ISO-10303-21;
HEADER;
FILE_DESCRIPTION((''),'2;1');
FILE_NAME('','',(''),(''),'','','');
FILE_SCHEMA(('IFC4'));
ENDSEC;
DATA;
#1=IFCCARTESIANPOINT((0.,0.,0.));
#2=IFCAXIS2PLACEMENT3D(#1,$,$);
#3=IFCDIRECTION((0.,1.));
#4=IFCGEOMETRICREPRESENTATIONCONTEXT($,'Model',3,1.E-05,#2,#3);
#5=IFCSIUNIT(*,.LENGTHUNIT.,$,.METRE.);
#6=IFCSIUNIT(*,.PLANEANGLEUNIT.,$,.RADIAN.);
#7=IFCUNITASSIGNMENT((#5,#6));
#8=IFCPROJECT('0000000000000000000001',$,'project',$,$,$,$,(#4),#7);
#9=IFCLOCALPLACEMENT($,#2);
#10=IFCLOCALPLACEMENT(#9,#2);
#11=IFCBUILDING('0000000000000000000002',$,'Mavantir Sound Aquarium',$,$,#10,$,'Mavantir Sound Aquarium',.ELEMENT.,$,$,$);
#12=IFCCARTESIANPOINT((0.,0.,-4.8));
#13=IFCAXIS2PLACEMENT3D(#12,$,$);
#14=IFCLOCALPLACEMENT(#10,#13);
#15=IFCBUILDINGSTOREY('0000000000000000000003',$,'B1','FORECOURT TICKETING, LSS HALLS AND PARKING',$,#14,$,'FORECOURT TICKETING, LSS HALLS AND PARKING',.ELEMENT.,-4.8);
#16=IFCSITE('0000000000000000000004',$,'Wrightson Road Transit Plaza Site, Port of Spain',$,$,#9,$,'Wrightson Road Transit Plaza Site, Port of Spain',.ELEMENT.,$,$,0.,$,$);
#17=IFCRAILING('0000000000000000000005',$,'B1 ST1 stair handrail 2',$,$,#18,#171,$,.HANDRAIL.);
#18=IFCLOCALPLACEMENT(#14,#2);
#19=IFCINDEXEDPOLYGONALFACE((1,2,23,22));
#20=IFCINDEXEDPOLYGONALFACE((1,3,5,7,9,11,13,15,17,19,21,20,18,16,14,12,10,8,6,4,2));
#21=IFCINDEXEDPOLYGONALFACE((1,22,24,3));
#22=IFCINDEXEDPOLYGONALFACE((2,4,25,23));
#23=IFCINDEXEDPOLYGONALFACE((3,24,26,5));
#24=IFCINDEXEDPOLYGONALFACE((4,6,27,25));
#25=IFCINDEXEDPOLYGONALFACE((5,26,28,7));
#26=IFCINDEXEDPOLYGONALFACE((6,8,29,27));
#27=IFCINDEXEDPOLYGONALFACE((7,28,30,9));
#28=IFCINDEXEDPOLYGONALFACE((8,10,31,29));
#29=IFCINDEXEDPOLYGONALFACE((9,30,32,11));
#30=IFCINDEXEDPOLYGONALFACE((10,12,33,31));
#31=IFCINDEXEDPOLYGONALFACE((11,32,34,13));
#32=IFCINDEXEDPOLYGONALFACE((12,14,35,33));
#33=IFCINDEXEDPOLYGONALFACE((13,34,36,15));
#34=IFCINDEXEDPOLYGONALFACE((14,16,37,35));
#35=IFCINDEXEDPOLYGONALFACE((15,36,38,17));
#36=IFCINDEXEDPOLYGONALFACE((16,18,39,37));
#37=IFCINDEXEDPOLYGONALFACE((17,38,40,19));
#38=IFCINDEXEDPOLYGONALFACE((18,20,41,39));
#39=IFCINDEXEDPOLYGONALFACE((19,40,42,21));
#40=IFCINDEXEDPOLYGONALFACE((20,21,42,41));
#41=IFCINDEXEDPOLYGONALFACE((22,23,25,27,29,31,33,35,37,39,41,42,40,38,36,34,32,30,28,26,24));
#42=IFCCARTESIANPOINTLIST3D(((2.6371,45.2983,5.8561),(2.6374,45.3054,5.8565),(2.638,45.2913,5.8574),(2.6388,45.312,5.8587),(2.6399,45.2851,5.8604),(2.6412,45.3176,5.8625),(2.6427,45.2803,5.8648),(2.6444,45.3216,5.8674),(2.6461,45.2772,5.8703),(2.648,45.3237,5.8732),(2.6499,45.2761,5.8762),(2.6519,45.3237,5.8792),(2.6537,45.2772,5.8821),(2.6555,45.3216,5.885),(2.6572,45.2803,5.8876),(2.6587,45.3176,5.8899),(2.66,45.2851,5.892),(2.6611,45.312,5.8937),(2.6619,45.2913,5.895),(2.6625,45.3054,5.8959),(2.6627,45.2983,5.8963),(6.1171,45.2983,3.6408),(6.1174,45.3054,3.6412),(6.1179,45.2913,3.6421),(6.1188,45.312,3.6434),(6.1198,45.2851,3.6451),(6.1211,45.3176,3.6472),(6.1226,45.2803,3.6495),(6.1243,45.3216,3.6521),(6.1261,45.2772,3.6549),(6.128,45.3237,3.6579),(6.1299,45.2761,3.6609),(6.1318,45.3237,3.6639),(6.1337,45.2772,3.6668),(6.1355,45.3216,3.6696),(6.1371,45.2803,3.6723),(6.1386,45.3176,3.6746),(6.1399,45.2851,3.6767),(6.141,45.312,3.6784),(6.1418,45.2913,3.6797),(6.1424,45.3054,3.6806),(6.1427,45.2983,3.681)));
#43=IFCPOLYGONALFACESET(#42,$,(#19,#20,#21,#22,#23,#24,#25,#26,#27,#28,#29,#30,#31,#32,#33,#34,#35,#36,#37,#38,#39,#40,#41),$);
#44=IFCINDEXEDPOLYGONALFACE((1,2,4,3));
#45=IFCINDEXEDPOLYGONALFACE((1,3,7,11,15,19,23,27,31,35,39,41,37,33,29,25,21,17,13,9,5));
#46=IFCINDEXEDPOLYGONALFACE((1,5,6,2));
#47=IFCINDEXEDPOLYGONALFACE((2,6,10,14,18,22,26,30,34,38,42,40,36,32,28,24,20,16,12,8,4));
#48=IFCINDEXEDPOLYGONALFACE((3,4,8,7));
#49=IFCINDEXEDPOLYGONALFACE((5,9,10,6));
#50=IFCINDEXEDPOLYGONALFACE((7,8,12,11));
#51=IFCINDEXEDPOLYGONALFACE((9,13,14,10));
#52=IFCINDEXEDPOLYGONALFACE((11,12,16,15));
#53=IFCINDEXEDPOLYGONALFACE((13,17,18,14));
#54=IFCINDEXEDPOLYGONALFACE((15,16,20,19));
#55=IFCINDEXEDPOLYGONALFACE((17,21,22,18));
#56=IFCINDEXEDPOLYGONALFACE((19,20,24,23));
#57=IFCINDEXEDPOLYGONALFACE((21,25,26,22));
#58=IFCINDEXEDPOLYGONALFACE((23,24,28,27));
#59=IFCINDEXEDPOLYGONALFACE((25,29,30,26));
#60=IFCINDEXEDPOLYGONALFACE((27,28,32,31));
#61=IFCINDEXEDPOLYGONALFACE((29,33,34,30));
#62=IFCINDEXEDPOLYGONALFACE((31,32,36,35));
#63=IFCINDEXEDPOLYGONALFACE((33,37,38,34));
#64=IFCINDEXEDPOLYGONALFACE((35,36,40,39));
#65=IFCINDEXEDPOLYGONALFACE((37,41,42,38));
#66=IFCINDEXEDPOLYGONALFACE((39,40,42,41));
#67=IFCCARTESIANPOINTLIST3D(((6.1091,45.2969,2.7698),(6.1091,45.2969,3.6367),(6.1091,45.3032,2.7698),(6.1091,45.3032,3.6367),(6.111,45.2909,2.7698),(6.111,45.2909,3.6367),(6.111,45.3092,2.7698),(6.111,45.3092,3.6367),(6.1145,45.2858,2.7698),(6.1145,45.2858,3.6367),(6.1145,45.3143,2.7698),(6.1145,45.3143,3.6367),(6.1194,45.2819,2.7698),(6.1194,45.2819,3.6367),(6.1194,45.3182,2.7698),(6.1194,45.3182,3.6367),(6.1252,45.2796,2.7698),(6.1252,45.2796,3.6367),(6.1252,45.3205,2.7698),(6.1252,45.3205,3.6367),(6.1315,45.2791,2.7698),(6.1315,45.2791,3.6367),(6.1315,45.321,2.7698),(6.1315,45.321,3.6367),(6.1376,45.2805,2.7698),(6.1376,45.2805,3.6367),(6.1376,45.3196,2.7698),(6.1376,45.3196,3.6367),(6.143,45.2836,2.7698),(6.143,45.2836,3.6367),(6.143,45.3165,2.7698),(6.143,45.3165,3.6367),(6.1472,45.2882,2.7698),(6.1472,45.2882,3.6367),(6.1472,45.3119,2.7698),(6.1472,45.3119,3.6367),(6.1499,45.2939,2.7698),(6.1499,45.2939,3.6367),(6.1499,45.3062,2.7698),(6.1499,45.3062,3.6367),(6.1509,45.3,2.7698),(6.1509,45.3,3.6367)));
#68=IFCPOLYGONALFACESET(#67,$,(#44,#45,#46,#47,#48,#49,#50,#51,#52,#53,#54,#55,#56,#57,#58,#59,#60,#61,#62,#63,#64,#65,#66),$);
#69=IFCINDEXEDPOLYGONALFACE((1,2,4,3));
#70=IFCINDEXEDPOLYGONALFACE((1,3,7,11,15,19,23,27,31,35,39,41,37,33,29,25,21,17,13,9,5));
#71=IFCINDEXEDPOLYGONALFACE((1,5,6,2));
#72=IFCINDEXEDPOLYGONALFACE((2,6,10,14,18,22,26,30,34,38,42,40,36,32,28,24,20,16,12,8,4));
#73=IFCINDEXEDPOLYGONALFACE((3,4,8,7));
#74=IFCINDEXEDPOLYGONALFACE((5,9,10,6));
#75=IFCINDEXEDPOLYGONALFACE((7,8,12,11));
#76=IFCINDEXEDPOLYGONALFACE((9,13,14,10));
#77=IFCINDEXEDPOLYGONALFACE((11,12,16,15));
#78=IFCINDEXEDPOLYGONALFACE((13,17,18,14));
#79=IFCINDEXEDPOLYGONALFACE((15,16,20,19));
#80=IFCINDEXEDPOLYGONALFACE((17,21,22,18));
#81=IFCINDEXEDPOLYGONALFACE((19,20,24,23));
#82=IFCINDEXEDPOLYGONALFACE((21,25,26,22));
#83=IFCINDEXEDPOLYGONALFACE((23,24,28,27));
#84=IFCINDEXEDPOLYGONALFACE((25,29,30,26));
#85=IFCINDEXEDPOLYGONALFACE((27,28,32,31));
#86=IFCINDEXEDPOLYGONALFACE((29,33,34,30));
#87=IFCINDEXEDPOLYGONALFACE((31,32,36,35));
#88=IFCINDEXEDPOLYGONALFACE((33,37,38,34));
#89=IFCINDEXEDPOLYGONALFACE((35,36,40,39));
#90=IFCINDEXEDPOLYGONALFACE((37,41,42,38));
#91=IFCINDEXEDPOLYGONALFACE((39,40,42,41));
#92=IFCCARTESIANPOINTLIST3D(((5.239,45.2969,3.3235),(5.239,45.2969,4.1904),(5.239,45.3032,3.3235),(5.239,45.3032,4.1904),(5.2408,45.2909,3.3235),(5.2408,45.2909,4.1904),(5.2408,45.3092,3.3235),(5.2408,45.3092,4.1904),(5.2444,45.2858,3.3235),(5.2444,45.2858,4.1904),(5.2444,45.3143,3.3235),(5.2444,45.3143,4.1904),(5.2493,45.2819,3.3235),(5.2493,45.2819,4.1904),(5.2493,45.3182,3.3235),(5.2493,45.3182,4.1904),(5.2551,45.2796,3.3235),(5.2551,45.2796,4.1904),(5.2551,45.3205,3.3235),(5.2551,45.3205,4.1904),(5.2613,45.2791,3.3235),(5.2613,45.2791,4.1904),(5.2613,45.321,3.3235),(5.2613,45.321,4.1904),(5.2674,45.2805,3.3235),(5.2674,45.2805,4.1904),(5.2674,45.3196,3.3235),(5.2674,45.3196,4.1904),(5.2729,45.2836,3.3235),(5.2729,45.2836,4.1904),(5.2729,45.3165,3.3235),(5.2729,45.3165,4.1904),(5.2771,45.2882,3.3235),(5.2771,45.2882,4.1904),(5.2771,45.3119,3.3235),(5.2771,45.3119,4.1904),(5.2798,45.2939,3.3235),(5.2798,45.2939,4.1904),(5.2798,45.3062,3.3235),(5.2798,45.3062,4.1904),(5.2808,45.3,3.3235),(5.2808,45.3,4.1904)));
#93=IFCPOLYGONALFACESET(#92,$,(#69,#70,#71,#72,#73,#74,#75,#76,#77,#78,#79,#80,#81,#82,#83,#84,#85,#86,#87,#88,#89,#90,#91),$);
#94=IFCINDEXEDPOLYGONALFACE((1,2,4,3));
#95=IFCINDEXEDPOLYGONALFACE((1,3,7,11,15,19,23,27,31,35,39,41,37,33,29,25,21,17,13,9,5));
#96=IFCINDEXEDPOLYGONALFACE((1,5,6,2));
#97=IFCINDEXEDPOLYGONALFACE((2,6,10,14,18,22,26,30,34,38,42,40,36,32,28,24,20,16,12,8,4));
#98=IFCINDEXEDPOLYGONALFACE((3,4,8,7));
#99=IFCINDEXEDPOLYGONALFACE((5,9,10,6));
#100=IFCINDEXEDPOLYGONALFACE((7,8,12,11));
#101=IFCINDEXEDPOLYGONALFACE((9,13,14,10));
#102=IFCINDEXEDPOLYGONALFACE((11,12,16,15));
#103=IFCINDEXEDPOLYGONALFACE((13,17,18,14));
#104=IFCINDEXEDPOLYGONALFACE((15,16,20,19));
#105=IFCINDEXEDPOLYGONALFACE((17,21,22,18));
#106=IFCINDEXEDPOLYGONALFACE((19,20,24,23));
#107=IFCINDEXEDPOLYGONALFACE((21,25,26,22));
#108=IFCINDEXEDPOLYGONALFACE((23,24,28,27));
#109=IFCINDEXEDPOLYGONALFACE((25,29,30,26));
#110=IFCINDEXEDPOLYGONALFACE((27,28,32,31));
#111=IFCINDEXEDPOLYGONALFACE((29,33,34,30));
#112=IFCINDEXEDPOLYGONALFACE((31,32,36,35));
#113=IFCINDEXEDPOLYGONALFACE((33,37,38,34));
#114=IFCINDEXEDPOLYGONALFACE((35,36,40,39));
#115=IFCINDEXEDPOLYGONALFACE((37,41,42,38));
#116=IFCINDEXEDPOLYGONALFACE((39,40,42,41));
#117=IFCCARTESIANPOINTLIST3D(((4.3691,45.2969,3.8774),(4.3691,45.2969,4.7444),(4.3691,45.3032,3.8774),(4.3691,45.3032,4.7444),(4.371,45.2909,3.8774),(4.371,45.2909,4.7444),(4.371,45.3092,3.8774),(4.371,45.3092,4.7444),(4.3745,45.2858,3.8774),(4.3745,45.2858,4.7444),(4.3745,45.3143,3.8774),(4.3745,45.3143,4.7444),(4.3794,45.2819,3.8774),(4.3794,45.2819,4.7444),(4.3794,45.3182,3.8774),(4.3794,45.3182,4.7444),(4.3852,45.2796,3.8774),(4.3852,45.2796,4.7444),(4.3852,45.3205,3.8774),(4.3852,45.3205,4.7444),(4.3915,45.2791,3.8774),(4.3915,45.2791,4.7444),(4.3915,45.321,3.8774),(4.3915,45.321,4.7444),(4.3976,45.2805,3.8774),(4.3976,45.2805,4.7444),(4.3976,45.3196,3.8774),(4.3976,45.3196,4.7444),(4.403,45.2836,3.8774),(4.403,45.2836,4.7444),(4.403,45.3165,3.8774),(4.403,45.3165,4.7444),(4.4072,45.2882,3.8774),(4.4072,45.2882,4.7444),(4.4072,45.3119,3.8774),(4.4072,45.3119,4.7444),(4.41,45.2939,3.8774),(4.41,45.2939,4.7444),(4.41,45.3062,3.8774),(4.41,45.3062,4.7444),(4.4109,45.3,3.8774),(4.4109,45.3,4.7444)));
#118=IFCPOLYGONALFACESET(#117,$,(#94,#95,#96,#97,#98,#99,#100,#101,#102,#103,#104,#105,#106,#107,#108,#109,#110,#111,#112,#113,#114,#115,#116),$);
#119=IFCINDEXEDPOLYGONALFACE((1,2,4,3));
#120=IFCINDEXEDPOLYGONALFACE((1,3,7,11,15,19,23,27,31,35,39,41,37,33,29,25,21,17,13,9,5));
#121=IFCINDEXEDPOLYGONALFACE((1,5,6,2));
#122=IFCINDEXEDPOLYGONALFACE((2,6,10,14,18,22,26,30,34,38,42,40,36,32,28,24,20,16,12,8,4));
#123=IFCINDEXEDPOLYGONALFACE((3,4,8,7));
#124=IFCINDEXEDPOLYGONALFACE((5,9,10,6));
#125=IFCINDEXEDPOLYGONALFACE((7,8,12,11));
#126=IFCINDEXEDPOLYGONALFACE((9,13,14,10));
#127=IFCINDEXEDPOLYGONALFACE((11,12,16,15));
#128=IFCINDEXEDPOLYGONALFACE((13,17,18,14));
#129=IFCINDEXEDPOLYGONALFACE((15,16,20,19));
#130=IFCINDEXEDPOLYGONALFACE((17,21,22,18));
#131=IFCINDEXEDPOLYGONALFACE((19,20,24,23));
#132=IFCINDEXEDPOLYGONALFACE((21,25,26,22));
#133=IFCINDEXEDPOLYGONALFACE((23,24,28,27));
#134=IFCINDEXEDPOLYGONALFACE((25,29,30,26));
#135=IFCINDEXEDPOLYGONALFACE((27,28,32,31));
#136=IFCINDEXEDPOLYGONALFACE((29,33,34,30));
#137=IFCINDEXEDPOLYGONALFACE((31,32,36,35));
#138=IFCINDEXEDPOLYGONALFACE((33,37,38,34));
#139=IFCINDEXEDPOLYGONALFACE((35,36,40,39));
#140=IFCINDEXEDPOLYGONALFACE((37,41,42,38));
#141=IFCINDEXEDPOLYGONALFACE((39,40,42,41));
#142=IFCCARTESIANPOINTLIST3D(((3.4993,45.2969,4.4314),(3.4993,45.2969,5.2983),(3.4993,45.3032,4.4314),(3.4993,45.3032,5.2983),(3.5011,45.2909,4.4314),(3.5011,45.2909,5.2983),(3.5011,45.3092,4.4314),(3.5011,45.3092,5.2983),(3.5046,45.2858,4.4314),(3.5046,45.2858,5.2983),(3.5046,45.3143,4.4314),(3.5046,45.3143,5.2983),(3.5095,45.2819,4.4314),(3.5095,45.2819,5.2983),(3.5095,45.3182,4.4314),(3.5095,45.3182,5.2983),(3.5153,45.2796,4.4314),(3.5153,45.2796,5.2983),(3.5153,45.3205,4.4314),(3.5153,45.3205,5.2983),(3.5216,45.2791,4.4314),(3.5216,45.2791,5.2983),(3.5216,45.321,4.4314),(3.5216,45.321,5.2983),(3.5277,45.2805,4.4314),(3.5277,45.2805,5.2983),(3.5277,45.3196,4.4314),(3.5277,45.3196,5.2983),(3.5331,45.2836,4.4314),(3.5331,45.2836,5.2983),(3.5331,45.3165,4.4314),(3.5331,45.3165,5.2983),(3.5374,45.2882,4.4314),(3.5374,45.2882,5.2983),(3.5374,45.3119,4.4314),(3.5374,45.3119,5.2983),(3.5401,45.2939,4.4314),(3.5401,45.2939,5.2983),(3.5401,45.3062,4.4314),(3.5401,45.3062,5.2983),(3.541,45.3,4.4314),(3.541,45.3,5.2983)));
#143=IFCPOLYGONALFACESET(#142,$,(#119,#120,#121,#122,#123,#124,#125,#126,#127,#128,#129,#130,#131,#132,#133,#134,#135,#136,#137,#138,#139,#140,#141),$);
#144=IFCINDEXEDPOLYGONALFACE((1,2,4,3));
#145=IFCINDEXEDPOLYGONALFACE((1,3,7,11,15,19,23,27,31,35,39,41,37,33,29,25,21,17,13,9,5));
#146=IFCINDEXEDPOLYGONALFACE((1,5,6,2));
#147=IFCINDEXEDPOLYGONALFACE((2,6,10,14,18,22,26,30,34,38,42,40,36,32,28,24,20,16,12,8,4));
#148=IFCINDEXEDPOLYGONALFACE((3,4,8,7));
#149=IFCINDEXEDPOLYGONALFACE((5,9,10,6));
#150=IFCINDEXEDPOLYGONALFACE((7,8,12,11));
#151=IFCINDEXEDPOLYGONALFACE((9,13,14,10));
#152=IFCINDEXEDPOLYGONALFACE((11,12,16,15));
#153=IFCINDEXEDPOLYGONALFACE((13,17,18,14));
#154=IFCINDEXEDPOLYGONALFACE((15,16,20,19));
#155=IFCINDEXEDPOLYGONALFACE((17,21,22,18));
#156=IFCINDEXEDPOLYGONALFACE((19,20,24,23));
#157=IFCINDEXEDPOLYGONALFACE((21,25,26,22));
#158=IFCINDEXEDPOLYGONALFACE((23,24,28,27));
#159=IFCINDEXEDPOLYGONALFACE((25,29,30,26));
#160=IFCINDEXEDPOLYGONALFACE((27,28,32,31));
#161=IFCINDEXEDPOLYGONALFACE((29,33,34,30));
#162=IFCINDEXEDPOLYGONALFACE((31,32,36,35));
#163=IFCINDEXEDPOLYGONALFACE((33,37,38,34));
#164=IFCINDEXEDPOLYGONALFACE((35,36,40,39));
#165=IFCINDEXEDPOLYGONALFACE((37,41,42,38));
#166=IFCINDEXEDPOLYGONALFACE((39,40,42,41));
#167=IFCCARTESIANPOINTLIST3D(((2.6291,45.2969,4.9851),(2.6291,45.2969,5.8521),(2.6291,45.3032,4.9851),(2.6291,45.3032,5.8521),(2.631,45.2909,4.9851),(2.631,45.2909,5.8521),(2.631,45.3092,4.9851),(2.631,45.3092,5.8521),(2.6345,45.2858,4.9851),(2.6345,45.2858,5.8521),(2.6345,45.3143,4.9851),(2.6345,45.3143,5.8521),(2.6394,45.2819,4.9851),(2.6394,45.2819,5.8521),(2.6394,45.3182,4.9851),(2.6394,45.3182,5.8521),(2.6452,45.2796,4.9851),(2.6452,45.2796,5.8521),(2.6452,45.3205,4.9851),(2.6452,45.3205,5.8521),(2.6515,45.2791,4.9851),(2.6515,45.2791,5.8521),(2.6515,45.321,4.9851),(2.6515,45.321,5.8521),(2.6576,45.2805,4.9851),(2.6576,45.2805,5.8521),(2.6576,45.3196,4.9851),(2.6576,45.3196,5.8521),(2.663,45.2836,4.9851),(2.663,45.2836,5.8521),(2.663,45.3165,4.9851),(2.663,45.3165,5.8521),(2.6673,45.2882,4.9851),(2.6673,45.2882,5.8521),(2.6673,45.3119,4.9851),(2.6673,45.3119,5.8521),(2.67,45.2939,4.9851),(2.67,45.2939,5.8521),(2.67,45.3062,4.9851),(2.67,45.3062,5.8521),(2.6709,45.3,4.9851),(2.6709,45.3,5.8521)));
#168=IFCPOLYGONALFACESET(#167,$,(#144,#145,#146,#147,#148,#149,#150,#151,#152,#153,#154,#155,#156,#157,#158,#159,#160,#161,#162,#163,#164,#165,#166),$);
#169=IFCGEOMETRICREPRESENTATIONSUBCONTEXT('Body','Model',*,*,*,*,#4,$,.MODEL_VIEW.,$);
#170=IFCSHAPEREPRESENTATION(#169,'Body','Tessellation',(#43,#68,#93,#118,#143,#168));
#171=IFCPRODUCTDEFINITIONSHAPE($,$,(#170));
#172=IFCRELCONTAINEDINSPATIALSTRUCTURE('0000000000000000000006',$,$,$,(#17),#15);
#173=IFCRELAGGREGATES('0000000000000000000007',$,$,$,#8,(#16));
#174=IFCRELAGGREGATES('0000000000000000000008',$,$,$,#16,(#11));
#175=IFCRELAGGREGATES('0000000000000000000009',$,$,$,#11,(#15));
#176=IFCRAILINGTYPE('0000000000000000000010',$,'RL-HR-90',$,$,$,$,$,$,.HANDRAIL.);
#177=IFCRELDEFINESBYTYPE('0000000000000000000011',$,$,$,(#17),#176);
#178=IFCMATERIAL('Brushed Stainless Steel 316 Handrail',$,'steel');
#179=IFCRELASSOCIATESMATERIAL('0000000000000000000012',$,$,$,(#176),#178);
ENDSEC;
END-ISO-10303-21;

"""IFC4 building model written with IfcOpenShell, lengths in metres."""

from ifc_helpers import new_model, si_unit, direction, frame, origin, origin_2d, place, context, subcontext, project, spatial, circle, extrude, material, type_object, element, save


model = new_model("IFC4")

# Units and contexts
model_context = context("Model", 3, precision=1e-05, world=origin(), true_north=direction((0.0, 1.0)))
body_context = subcontext(model_context, "Body", "Model", "MODEL_VIEW")
ifc_project = project(units=[si_unit("LENGTHUNIT", "METRE"), si_unit("PLANEANGLEUNIT", "RADIAN")], contexts=[model_context])

# Site, building, storey
site_placement = place(None, origin())
site = spatial("IfcSite", under=ifc_project, at=site_placement, Name="Wrightson Road Transit Plaza Site, Port of Spain", LongName="Wrightson Road Transit Plaza Site, Port of Spain", CompositionType="ELEMENT", RefElevation=0.0)
building_placement = place(site_placement, origin())
building = spatial("IfcBuilding", under=site, at=building_placement, Name="Mavantir Sound Aquarium", LongName="Mavantir Sound Aquarium", CompositionType="ELEMENT")
storey_placement = place(building_placement, frame((0.0, 0.0, -4.8)))
storey = spatial("IfcBuildingStorey", under=building, at=storey_placement, Name="B1", Description="FORECOURT TICKETING, LSS HALLS AND PARKING", LongName="FORECOURT TICKETING, LSS HALLS AND PARKING", CompositionType="ELEMENT", Elevation=-4.8)

# Railing
ifc_material_1 = material(Name="Brushed Stainless Steel 316 Handrail", Category="steel")
railing_type_1 = type_object("IfcRailingType", Name="RL-HR-90", PredefinedType="HANDRAIL", material=ifc_material_1)
railing_1_placement = place(storey_placement, frame((6.1299, 45.3, 2.7698)))
element("IfcRailing", 1, at=railing_1_placement, inside=storey, type_object=railing_type_1, Name="B1 ST1 stair handrail 2", PredefinedType="HANDRAIL", context=body_context, shape_type="SweptSolid", body=[
    extrude(circle(Radius=0.0239, at=origin_2d()), frame((0.0, 0.0, 0.8911), z_axis=(-0.843574, 0.0, 0.537013), x_axis=(0.0, -1.0, 0.0)), (0.0, 0.0, 1.0), 4.1252),
    extrude(circle(Radius=0.021, at=origin_2d()), origin(), (0.0, 0.0, 1.0), 0.8669),
    extrude(circle(Radius=0.021, at=origin_2d()), frame((-0.8701, 0.0, 0.5537)), (0.0, 0.0, 1.0), 0.8669),
    extrude(circle(Radius=0.021, at=origin_2d()), frame((-1.74, 0.0, 1.1077)), (0.0, 0.0, 1.0), 0.8669),
    extrude(circle(Radius=0.021, at=origin_2d()), frame((-2.6099, 0.0, 1.6616)), (0.0, 0.0, 1.0), 0.8669),
    extrude(circle(Radius=0.021, at=origin_2d()), frame((-3.48, 0.0, 2.2153)), (0.0, 0.0, 1.0), 0.8669),
])

save(model, "model.ifc")
